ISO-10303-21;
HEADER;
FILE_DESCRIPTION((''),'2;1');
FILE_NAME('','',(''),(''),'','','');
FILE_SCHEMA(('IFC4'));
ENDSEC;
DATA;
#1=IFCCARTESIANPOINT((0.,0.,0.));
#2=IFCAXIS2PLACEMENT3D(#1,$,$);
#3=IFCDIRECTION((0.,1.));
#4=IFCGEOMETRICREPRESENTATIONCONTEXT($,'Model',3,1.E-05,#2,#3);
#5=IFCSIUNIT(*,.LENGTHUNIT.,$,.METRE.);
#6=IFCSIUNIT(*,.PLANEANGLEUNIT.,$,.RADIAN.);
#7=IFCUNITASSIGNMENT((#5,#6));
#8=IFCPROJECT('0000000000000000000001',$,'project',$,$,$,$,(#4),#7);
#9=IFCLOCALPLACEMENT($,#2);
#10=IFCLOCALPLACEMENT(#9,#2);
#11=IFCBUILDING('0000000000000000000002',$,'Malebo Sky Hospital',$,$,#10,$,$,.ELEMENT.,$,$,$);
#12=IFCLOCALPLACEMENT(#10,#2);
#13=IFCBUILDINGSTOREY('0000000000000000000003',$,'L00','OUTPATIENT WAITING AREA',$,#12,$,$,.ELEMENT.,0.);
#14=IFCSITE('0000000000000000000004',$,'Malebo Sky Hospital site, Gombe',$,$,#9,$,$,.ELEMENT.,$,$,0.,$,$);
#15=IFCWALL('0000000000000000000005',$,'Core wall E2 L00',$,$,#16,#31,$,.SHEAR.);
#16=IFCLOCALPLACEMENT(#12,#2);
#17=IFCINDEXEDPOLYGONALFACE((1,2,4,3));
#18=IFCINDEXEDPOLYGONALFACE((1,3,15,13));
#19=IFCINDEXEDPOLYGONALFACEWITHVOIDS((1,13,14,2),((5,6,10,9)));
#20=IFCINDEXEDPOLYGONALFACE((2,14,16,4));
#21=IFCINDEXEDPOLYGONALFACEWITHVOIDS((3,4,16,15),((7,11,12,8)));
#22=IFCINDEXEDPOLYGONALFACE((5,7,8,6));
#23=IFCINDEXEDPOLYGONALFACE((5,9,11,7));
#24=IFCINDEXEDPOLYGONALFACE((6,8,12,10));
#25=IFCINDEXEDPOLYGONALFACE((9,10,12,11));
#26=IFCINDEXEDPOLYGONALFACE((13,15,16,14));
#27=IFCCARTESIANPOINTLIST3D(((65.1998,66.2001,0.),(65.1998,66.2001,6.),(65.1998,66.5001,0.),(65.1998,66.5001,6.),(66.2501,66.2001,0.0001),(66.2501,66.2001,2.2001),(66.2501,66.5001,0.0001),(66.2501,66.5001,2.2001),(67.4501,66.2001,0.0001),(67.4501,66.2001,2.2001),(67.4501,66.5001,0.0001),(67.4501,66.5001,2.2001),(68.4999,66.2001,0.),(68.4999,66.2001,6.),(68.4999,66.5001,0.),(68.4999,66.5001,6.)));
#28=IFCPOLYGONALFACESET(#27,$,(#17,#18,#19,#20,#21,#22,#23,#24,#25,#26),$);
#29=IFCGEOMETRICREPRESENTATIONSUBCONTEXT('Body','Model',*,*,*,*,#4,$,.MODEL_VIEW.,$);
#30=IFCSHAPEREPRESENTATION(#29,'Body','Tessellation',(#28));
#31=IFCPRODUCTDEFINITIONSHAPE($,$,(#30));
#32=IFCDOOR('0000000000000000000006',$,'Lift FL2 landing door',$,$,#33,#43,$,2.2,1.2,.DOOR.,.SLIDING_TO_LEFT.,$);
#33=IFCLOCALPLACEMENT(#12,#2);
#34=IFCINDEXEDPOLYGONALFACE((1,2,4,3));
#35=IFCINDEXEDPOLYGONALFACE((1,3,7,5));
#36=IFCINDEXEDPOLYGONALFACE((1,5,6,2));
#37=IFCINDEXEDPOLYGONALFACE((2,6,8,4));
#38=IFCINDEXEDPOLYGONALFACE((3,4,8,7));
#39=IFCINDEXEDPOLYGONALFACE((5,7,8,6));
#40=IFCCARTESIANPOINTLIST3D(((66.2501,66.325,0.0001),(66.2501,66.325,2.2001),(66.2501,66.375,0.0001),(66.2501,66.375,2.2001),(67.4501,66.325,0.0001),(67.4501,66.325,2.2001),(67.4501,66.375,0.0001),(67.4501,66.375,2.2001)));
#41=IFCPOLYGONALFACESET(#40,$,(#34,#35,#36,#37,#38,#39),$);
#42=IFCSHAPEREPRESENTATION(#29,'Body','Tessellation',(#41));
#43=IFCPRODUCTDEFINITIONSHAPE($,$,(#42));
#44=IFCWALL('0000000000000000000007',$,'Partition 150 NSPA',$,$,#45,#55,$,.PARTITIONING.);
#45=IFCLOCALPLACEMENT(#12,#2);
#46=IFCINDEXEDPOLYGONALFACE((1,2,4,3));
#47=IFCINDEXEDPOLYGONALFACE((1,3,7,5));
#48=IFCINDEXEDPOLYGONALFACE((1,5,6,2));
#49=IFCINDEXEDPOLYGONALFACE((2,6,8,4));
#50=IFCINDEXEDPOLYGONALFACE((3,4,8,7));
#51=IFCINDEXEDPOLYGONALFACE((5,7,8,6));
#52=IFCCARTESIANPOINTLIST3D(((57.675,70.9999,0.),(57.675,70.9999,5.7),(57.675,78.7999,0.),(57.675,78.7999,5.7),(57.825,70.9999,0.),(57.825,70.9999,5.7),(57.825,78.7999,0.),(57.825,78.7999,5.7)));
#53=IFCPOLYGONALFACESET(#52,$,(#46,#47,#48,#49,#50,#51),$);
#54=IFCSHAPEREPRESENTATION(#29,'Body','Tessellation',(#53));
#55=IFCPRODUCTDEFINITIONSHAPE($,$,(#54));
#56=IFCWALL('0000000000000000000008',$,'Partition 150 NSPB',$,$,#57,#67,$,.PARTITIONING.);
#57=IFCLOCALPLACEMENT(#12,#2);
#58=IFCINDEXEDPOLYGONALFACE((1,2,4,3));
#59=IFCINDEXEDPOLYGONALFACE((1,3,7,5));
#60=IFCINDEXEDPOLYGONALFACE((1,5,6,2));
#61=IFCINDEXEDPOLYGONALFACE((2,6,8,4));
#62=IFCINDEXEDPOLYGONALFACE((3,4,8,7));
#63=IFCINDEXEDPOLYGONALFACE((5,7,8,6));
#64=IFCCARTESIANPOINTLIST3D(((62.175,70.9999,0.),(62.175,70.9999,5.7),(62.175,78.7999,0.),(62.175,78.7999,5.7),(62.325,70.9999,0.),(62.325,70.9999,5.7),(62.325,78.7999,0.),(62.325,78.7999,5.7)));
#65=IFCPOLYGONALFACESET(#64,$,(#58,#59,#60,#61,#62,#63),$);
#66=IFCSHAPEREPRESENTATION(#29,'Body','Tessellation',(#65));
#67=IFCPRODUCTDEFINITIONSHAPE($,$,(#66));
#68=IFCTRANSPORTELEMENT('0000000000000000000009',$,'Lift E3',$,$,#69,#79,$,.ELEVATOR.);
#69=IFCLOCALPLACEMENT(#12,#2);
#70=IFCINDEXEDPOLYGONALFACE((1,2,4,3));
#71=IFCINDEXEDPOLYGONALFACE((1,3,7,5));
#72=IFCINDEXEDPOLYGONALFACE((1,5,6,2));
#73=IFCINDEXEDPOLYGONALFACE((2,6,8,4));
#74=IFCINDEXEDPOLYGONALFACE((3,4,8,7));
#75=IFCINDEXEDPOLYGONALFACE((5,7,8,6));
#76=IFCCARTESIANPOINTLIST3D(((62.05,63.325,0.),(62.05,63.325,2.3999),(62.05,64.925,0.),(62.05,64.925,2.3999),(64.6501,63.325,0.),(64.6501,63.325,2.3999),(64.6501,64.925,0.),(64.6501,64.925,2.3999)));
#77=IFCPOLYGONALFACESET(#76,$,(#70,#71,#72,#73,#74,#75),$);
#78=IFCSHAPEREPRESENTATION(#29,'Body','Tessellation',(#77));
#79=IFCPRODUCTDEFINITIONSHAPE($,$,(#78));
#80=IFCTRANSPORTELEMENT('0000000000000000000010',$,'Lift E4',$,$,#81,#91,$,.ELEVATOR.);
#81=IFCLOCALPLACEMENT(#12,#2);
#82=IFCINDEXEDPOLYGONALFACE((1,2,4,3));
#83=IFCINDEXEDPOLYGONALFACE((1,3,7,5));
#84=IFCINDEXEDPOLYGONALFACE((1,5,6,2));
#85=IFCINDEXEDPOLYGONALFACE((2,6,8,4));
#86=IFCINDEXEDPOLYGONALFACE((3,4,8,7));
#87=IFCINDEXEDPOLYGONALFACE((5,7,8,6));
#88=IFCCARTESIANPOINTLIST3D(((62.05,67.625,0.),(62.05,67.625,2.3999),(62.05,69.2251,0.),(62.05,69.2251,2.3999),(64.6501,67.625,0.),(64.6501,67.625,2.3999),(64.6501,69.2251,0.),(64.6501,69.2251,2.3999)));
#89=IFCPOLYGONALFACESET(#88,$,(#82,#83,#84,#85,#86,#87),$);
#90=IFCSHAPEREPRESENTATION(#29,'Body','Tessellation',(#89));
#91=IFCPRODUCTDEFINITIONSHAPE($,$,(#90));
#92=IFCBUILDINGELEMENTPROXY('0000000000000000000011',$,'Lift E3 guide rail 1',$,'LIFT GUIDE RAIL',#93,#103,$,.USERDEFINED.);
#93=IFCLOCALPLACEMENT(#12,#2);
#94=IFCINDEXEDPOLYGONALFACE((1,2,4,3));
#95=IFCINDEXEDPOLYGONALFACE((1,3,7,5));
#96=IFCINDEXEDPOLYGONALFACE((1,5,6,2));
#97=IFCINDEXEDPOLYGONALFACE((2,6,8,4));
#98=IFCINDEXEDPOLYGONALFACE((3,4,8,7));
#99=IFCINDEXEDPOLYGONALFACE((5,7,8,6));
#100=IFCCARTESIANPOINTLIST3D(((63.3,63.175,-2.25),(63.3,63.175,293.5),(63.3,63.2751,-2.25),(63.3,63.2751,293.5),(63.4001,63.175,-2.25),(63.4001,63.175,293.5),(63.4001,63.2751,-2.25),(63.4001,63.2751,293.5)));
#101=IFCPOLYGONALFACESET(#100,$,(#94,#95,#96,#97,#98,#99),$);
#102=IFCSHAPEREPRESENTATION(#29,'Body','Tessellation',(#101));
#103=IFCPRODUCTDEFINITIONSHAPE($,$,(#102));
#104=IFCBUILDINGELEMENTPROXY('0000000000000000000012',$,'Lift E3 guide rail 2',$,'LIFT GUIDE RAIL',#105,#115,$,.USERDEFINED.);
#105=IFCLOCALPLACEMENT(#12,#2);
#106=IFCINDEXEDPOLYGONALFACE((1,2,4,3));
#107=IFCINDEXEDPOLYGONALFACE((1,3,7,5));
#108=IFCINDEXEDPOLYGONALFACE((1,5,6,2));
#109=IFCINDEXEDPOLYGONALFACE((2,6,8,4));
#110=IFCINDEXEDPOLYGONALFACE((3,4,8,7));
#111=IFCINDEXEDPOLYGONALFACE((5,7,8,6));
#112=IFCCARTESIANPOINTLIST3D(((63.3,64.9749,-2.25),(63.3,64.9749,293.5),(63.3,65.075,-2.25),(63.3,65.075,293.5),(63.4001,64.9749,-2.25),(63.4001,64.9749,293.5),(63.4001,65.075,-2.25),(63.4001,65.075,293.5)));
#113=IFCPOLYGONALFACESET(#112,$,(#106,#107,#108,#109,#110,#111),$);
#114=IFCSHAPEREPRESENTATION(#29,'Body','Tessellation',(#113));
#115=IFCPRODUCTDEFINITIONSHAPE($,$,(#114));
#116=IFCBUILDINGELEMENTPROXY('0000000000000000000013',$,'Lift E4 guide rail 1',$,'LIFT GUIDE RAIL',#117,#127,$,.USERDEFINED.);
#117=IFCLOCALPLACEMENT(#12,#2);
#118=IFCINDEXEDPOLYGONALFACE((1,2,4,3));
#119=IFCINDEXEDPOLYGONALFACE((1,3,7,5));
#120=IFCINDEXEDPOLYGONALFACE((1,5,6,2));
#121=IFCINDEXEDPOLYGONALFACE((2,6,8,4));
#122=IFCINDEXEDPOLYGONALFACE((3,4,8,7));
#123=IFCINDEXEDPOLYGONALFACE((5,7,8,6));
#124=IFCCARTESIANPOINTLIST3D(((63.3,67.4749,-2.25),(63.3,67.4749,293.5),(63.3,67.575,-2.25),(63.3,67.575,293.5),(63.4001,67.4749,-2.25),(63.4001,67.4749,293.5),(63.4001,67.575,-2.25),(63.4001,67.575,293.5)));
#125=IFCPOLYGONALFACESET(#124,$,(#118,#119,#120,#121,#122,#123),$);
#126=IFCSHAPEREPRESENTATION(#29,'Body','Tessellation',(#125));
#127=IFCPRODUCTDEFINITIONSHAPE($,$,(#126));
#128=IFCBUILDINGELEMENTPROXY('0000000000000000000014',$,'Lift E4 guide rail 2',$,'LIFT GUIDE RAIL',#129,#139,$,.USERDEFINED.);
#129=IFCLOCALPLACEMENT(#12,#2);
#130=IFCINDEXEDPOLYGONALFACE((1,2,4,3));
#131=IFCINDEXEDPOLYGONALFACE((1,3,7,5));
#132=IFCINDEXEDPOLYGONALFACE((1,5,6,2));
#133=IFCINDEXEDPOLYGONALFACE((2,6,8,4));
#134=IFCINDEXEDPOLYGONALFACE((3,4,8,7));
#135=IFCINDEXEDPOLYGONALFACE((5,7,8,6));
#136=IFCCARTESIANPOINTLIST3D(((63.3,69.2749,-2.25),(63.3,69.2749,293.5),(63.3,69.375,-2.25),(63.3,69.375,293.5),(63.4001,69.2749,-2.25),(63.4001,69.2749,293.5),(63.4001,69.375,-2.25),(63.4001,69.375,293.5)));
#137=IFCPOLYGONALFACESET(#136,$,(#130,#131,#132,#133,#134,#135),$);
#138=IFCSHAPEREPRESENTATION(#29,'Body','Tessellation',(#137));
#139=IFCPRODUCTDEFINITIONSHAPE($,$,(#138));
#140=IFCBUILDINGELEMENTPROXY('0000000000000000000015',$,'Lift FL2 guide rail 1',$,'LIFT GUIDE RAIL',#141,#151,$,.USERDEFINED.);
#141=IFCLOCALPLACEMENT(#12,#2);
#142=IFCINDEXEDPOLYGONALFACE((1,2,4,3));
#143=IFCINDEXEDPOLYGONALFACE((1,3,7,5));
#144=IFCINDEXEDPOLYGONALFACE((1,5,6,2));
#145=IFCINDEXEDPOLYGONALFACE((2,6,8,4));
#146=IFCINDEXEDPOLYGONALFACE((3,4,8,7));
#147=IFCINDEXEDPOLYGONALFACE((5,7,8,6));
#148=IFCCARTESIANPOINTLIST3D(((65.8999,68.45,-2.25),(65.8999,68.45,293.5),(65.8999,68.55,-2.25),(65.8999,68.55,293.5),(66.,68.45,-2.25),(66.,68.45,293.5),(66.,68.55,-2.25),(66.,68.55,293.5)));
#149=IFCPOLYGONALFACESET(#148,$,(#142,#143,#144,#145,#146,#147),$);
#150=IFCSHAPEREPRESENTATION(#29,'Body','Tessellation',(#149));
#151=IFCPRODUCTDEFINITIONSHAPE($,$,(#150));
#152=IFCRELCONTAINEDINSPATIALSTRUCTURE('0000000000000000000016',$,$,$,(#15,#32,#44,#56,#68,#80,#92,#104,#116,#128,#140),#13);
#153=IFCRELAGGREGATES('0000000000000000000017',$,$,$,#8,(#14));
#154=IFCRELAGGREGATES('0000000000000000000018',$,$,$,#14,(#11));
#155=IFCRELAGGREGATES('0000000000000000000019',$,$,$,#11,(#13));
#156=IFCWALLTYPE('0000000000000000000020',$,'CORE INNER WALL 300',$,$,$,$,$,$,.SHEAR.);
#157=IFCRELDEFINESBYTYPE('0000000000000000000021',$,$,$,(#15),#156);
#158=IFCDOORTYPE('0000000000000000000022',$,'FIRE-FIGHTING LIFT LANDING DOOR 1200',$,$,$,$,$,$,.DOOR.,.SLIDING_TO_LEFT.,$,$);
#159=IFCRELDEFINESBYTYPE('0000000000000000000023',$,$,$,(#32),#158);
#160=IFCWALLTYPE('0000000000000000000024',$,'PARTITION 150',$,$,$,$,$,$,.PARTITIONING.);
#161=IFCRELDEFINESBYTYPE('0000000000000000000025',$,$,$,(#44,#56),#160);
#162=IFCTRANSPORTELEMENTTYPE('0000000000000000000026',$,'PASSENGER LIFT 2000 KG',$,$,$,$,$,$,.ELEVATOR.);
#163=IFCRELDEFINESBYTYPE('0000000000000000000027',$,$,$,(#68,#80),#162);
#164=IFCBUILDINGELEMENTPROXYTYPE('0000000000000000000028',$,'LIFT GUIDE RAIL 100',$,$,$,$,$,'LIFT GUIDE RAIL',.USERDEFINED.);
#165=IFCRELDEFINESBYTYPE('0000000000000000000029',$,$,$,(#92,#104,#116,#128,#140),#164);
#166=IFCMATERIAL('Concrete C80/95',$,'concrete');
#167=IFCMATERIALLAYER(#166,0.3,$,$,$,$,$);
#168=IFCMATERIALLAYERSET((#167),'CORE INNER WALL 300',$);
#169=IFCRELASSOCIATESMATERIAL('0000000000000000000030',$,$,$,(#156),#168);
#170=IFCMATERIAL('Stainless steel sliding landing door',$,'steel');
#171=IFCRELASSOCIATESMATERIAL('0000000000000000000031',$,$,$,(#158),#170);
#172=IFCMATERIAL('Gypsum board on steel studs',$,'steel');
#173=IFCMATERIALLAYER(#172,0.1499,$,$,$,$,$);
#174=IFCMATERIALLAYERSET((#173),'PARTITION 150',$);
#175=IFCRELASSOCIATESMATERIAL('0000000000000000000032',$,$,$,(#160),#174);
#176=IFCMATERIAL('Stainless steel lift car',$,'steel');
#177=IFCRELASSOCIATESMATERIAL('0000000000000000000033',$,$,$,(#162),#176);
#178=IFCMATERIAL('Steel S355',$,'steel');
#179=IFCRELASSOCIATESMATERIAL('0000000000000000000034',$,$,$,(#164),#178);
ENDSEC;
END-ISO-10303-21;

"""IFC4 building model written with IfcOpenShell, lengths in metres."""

from ifc_helpers import new_model, si_unit, direction, frame, frame_2d, origin, origin_2d, place, context, subcontext, project, spatial, rectangle, extrude, material, layer, layer_set, type_object, element, fill, save


model = new_model("IFC4")

# Units and contexts
model_context = context("Model", 3, precision=1e-05, world=origin(), true_north=direction((0.0, 1.0)))
body_context = subcontext(model_context, "Body", "Model", "MODEL_VIEW")
ifc_project = project(units=[si_unit("LENGTHUNIT", "METRE"), si_unit("PLANEANGLEUNIT", "RADIAN")], contexts=[model_context])

# Site, building, storey
site_placement = place(None, origin())
site = spatial("IfcSite", under=ifc_project, at=site_placement, Name="Malebo Sky Hospital site, Gombe", CompositionType="ELEMENT", RefElevation=0.0)
building_placement = place(site_placement, origin())
building = spatial("IfcBuilding", under=site, at=building_placement, Name="Malebo Sky Hospital", CompositionType="ELEMENT")
storey_placement = place(building_placement, origin())
storey = spatial("IfcBuildingStorey", under=building, at=storey_placement, Name="L00", Description="OUTPATIENT WAITING AREA", CompositionType="ELEMENT", Elevation=0.0)

# Shared definitions
ifc_material_1 = material(Name="Concrete C80/95", Category="concrete")

# Wall, opening, door
ifc_layer_1 = layer(ifc_material_1, 0.3)
ifc_layer_set_1 = layer_set([ifc_layer_1], Name="CORE INNER WALL 300")
wall_type_1 = type_object("IfcWallType", Name="CORE INNER WALL 300", PredefinedType="SHEAR", material=ifc_layer_set_1)
wall_1_placement = place(storey_placement, frame((65.2, 66.3501, 0.0), z_axis=(0.0, 0.0, 1.0), x_axis=(1.0, 0.0, 0.0)))
wall_1 = element("IfcWall", 1, at=wall_1_placement, inside=storey, type_object=wall_type_1, Name="Core wall E2 L00", PredefinedType="SHEAR", context=body_context, shape_type="SweptSolid", body=[
    extrude(rectangle(XDim=3.3, YDim=0.3, at=frame_2d((1.6499, 0.0))), origin(), (0.0, 0.0, 1.0), 6.0),
])
opening_placement = place(wall_1_placement, frame((1.05, 0.0, 0.0)))
opening = element("IfcOpeningElement", 2, at=opening_placement, cuts=wall_1, PredefinedType="OPENING", context=body_context, shape_type="SweptSolid", body=[
    extrude(rectangle(XDim=1.2, YDim=2.2, at=frame_2d((0.6001, 1.1001))), frame((0.0, 0.1599, 0.0), z_axis=(0.0, -1.0, 0.0), x_axis=(1.0, 0.0, 0.0)), (0.0, 0.0, 1.0), 0.3201),
])
ifc_material_2 = material(Name="Stainless steel sliding landing door", Category="steel")
door_type = type_object("IfcDoorType", Name="FIRE-FIGHTING LIFT LANDING DOOR 1200", OperationType="SLIDING_TO_LEFT", PredefinedType="DOOR", material=ifc_material_2)
door_placement = place(opening_placement, origin())
door = element("IfcDoor", 3, at=door_placement, inside=storey, type_object=door_type, Name="Lift FL2 landing door", OperationType="SLIDING_TO_LEFT", OverallHeight=2.2, OverallWidth=1.2, PredefinedType="DOOR", context=body_context, shape_type="SweptSolid", body=[
    extrude(rectangle(XDim=1.2, YDim=2.2, at=frame_2d((0.6001, 1.1001))), frame((0.0, 0.0249, 0.0), z_axis=(0.0, -1.0, 0.0), x_axis=(1.0, 0.0, 0.0)), (0.0, 0.0, 1.0), 0.05),
])
fill(opening, door)

# Walls
ifc_material_3 = material(Name="Gypsum board on steel studs", Category="steel")
ifc_layer_2 = layer(ifc_material_3, 0.1499)
ifc_layer_set_2 = layer_set([ifc_layer_2], Name="PARTITION 150")
wall_type_2 = type_object("IfcWallType", Name="PARTITION 150", PredefinedType="PARTITIONING", material=ifc_layer_set_2)
for number, where, z_axis, x_axis, name in (
    (4, (57.75, 71.0, 0.0), (0.0, 0.0, 1.0), (0.0, 1.0, 0.0), "Partition 150 NSPA"),
    (5, (62.25, 71.0, 0.0), (0.0, 0.0, 1.0), (0.0, 1.0, 0.0), "Partition 150 NSPB"),
):
    element("IfcWall", number, at=place(storey_placement, frame(where, z_axis=z_axis, x_axis=x_axis)), inside=storey, type_object=wall_type_2, Name=name, PredefinedType="PARTITIONING", context=body_context, shape_type="SweptSolid", body=[
        extrude(rectangle(XDim=7.8, YDim=0.1499, at=frame_2d((3.8999, 0.0))), origin(), (0.0, 0.0, 1.0), 5.7),
    ])

# Transport elements
ifc_material_4 = material(Name="Stainless steel lift car", Category="steel")
transport_element_type = type_object("IfcTransportElementType", Name="PASSENGER LIFT 2000 KG", PredefinedType="ELEVATOR", material=ifc_material_4)
for number, where, name in (
    (6, (63.3501, 64.125, 0.0), "Lift E3"),
    (7, (63.3501, 68.425, 0.0), "Lift E4"),
):
    element("IfcTransportElement", number, at=place(storey_placement, frame(where)), inside=storey, type_object=transport_element_type, Name=name, PredefinedType="ELEVATOR", context=body_context, shape_type="SweptSolid", body=[
        extrude(rectangle(XDim=2.6001, YDim=1.6001, at=origin_2d()), origin(), (0.0, 0.0, 1.0), 2.3999),
    ])

# Building element proxies
ifc_material_5 = material(Name="Steel S355", Category="steel")
building_element_proxy_type = type_object("IfcBuildingElementProxyType", Name="LIFT GUIDE RAIL 100", ElementType="LIFT GUIDE RAIL", PredefinedType="USERDEFINED", material=ifc_material_5)
for number, where, name in (
    (8, (63.3501, 63.2251, 0.0), "Lift E3 guide rail 1"),
    (9, (63.3501, 65.0249, 0.0), "Lift E3 guide rail 2"),
    (10, (63.3501, 67.5249, 0.0), "Lift E4 guide rail 1"),
    (11, (63.3501, 69.325, 0.0), "Lift E4 guide rail 2"),
    (12, (65.95, 68.5, 0.0), "Lift FL2 guide rail 1"),
):
    element("IfcBuildingElementProxy", number, at=place(storey_placement, frame(where)), inside=storey, type_object=building_element_proxy_type, Name=name, ObjectType="LIFT GUIDE RAIL", PredefinedType="USERDEFINED", context=body_context, shape_type="SweptSolid", body=[
        extrude(rectangle(XDim=0.1001, YDim=0.1001, at=origin_2d()), frame((0.0, 0.0, -2.25)), (0.0, 0.0, 1.0), 295.75),
    ])

save(model, "model.ifc")
